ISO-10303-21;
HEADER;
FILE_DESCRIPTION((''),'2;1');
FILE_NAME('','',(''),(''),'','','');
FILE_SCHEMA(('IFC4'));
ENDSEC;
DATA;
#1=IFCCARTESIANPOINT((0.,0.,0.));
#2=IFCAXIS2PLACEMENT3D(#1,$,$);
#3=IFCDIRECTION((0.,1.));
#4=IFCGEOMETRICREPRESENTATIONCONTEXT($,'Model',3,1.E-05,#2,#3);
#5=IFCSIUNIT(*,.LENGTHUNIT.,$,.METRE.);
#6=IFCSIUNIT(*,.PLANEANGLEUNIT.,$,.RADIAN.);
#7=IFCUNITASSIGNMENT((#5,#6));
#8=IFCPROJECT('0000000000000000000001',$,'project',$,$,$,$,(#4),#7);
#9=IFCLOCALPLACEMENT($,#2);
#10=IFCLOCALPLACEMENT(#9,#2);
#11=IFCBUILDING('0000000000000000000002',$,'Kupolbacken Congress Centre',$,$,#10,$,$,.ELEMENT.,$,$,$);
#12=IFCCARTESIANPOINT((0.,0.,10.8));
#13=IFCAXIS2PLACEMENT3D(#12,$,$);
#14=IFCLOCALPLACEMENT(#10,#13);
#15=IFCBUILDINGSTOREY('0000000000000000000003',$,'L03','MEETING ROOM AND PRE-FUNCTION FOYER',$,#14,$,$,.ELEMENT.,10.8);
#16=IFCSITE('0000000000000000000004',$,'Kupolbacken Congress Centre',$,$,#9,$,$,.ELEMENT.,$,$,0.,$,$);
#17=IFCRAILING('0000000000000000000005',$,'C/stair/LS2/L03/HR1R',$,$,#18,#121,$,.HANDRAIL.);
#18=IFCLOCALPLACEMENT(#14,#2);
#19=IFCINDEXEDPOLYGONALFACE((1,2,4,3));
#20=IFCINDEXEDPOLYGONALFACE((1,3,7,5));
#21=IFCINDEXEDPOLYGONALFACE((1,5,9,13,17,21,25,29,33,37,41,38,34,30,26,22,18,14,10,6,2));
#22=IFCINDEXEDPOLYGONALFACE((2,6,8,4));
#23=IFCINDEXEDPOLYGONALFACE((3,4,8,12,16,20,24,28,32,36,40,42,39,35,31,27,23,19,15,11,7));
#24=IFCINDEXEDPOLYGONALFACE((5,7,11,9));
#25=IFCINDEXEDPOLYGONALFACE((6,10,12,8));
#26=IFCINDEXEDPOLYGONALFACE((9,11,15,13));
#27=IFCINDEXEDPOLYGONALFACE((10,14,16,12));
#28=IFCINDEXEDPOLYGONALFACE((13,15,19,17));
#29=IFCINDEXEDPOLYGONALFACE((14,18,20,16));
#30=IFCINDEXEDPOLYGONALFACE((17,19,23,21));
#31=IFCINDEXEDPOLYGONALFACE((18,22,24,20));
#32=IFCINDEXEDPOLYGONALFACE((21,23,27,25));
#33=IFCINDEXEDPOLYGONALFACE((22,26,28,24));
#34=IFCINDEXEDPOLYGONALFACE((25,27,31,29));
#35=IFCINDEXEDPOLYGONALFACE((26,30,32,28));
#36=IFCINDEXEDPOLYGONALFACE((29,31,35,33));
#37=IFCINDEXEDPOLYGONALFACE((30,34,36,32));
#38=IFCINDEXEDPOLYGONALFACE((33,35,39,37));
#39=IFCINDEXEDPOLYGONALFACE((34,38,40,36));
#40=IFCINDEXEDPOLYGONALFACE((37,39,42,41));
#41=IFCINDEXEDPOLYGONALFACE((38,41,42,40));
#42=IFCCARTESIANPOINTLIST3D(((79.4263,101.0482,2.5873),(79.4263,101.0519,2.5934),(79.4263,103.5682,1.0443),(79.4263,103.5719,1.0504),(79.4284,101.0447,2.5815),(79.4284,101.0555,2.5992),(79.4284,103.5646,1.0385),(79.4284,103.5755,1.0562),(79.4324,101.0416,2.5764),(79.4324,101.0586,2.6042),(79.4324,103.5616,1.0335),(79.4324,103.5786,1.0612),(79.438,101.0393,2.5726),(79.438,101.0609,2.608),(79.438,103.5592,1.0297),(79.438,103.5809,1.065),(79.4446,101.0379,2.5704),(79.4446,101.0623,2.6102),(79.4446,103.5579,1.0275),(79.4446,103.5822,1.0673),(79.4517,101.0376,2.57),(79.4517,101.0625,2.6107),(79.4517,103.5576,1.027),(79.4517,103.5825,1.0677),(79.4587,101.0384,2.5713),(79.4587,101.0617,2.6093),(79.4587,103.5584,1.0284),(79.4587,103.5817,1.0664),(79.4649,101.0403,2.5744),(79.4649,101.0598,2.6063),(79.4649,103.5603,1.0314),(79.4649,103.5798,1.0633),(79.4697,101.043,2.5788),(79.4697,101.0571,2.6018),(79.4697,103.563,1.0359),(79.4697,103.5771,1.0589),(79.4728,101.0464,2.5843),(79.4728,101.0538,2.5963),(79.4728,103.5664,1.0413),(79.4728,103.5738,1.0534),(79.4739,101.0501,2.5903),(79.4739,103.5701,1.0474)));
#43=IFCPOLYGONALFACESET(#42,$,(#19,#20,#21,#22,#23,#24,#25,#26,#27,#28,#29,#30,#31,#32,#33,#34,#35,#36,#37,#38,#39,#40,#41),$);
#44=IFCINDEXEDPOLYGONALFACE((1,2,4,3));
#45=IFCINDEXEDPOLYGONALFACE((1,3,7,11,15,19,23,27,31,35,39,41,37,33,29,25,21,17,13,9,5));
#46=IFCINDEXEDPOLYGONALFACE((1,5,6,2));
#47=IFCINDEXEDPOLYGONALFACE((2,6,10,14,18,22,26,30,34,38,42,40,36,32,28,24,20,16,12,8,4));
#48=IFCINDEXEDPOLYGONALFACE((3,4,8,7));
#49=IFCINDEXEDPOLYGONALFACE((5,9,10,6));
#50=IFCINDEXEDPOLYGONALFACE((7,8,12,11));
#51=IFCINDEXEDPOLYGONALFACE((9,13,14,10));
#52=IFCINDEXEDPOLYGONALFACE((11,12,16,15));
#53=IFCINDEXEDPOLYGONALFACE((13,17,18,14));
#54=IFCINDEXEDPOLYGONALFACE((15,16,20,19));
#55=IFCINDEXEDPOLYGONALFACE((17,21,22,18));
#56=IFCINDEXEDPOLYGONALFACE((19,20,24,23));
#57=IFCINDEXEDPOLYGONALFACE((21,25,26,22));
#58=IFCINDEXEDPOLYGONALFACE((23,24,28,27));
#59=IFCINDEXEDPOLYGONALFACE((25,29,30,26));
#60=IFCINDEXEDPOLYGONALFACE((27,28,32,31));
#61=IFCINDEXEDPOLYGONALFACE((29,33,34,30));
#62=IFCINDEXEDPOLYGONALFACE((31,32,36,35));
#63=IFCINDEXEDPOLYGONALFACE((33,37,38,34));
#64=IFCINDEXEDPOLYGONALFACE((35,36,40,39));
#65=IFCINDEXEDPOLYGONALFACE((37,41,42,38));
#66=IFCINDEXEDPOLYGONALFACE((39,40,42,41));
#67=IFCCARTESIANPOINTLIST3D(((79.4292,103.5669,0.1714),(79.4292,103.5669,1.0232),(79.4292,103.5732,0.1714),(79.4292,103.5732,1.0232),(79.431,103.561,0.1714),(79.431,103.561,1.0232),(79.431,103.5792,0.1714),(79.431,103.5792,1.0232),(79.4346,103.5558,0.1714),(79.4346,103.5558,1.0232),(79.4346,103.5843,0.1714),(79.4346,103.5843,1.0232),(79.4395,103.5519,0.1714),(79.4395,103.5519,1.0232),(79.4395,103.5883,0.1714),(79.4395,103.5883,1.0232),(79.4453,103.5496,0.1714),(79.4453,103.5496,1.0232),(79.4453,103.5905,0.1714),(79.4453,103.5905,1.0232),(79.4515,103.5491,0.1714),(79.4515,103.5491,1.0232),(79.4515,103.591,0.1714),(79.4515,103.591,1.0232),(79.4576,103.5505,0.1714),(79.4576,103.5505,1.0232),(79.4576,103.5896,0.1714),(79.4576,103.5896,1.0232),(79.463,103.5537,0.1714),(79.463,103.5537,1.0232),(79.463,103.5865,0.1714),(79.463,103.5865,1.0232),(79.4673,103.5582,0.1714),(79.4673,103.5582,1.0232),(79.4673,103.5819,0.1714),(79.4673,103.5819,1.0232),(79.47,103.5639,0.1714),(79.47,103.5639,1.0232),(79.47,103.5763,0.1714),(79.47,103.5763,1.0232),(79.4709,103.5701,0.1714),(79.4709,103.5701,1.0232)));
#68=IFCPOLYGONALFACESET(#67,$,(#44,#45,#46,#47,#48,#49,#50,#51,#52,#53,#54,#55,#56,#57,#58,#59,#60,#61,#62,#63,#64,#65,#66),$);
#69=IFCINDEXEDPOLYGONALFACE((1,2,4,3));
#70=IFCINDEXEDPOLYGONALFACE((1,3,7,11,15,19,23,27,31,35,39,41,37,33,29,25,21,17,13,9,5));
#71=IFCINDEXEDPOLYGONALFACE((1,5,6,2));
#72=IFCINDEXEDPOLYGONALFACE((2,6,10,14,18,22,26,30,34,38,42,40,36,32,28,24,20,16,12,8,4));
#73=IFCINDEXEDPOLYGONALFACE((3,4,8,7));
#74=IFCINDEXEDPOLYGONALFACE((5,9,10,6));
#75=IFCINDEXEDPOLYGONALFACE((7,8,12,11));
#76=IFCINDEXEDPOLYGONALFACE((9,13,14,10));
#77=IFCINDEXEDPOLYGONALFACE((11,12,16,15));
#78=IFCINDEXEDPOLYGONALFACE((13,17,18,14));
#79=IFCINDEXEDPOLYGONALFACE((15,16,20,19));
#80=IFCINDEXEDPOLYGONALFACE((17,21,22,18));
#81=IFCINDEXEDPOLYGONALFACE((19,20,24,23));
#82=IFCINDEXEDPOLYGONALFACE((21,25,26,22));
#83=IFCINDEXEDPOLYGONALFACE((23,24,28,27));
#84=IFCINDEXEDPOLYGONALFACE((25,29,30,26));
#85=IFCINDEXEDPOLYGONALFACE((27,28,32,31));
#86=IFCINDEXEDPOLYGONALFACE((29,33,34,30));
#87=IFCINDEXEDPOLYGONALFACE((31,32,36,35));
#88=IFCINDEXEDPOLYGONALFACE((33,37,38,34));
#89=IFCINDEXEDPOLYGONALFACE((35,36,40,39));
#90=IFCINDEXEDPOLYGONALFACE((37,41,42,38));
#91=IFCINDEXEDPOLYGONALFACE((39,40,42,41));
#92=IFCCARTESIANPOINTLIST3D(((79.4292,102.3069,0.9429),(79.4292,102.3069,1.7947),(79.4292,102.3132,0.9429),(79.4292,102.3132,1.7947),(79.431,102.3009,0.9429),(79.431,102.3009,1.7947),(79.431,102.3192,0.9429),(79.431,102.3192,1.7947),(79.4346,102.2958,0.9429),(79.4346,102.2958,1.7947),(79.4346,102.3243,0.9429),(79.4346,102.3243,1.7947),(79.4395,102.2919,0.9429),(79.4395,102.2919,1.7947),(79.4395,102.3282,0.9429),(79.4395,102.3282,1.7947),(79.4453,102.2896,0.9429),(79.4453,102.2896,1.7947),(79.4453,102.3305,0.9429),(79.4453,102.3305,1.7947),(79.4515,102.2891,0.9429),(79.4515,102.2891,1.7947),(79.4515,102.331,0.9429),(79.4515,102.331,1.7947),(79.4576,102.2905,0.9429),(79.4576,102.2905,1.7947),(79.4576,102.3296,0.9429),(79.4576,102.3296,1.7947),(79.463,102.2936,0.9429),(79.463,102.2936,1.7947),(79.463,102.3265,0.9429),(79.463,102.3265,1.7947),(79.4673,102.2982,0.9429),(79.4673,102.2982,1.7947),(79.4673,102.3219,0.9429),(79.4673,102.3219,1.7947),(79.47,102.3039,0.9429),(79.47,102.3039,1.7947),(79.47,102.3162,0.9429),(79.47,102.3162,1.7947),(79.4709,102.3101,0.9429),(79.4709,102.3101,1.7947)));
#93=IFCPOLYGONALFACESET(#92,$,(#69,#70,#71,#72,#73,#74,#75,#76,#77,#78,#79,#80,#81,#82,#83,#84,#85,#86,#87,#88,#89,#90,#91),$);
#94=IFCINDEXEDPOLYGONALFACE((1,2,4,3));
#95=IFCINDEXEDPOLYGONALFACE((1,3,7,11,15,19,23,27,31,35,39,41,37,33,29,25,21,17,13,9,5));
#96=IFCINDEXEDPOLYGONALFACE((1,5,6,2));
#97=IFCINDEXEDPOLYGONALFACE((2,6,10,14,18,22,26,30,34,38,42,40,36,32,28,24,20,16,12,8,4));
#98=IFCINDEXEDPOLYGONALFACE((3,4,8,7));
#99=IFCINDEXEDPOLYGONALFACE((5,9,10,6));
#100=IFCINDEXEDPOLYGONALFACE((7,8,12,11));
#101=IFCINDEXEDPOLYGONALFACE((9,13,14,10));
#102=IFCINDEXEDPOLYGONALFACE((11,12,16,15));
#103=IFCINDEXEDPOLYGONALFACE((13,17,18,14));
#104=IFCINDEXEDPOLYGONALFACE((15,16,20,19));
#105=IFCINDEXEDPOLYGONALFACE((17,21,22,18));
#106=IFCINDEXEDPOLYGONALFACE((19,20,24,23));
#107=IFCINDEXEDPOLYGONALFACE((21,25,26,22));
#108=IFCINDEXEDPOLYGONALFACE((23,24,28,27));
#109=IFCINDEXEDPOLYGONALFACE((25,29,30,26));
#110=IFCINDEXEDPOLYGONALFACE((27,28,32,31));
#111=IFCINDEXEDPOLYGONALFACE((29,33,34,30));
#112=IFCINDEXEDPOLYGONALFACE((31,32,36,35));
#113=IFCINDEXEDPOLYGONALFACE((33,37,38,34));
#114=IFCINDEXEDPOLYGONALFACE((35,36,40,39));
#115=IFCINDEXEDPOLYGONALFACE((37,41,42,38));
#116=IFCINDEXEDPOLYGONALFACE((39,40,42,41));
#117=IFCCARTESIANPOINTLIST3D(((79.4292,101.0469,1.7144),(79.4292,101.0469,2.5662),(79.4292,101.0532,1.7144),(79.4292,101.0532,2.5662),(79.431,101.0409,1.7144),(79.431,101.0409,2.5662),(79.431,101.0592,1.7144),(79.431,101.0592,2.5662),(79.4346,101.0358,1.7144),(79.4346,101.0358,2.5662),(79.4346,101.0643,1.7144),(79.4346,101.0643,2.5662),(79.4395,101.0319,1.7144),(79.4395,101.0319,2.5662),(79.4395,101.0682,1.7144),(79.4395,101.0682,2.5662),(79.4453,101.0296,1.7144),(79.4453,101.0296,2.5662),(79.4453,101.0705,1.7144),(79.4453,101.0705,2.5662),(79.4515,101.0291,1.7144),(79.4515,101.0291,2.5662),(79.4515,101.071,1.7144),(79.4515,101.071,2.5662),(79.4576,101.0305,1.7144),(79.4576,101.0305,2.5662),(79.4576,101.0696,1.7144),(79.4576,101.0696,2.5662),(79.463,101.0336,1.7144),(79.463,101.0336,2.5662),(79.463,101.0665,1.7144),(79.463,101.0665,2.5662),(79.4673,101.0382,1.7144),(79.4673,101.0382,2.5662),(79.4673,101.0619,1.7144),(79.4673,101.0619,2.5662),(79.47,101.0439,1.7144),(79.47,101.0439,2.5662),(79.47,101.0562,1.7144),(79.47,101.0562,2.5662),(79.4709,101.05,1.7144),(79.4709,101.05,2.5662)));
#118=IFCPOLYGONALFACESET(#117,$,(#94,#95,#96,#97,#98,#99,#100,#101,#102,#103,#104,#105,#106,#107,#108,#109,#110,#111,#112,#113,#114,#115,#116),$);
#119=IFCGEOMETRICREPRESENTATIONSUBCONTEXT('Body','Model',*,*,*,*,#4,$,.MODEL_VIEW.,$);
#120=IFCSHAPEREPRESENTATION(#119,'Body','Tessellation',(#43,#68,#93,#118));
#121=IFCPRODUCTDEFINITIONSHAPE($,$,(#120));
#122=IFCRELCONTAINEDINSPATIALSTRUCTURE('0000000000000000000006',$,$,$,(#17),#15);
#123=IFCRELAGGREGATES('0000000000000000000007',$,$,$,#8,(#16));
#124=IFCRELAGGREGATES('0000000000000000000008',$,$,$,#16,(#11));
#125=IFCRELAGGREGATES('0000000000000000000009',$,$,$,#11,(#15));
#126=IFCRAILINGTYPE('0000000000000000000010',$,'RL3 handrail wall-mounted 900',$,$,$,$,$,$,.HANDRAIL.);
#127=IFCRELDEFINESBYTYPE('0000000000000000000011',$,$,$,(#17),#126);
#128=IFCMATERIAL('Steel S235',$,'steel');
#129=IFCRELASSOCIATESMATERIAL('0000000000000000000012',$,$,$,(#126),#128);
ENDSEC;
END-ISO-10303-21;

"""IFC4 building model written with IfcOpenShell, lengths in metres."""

from ifc_helpers import new_model, si_unit, direction, frame, origin, origin_2d, place, context, subcontext, project, spatial, circle, extrude, material, type_object, element, save


model = new_model("IFC4")

# Units and contexts
model_context = context("Model", 3, precision=1e-05, world=origin(), true_north=direction((0.0, 1.0)))
body_context = subcontext(model_context, "Body", "Model", "MODEL_VIEW")
ifc_project = project(units=[si_unit("LENGTHUNIT", "METRE"), si_unit("PLANEANGLEUNIT", "RADIAN")], contexts=[model_context])

# Site, building, storey
site_placement = place(None, origin())
site = spatial("IfcSite", under=ifc_project, at=site_placement, Name="Kupolbacken Congress Centre", CompositionType="ELEMENT", RefElevation=0.0)
building_placement = place(site_placement, origin())
building = spatial("IfcBuilding", under=site, at=building_placement, Name="Kupolbacken Congress Centre", CompositionType="ELEMENT")
storey_placement = place(building_placement, frame((0.0, 0.0, 10.8)))
storey = spatial("IfcBuildingStorey", under=building, at=storey_placement, Name="L03", Description="MEETING ROOM AND PRE-FUNCTION FOYER", CompositionType="ELEMENT", Elevation=10.8)

# Railing
ifc_material_1 = material(Name="Steel S235", Category="steel")
railing_type = type_object("IfcRailingType", Name="RL3 handrail wall-mounted 900", PredefinedType="HANDRAIL", material=ifc_material_1)
railing_1_placement = place(storey_placement, frame((79.45, 103.5701, 0.1714)))
element("IfcRailing", 1, at=railing_1_placement, inside=storey, type_object=railing_type, Name="C/stair/LS2/L03/HR1R", PredefinedType="HANDRAIL", context=body_context, shape_type="SweptSolid", body=[
    extrude(circle(Radius=0.0239, at=origin_2d()), frame((0.0, 0.0, 0.876), z_axis=(0.0, -0.852836, 0.522178), x_axis=(1.0, 0.0, 0.0)), (0.0, 0.0, 1.0), 2.9548),
    extrude(circle(Radius=0.021, at=origin_2d()), origin(), (0.0, 0.0, 1.0), 0.8518),
    extrude(circle(Radius=0.021, at=origin_2d()), frame((0.0, -1.26, 0.7715)), (0.0, 0.0, 1.0), 0.8518),
    extrude(circle(Radius=0.021, at=origin_2d()), frame((0.0, -2.52, 1.543)), (0.0, 0.0, 1.0), 0.8518),
])

save(model, "model.ifc")
